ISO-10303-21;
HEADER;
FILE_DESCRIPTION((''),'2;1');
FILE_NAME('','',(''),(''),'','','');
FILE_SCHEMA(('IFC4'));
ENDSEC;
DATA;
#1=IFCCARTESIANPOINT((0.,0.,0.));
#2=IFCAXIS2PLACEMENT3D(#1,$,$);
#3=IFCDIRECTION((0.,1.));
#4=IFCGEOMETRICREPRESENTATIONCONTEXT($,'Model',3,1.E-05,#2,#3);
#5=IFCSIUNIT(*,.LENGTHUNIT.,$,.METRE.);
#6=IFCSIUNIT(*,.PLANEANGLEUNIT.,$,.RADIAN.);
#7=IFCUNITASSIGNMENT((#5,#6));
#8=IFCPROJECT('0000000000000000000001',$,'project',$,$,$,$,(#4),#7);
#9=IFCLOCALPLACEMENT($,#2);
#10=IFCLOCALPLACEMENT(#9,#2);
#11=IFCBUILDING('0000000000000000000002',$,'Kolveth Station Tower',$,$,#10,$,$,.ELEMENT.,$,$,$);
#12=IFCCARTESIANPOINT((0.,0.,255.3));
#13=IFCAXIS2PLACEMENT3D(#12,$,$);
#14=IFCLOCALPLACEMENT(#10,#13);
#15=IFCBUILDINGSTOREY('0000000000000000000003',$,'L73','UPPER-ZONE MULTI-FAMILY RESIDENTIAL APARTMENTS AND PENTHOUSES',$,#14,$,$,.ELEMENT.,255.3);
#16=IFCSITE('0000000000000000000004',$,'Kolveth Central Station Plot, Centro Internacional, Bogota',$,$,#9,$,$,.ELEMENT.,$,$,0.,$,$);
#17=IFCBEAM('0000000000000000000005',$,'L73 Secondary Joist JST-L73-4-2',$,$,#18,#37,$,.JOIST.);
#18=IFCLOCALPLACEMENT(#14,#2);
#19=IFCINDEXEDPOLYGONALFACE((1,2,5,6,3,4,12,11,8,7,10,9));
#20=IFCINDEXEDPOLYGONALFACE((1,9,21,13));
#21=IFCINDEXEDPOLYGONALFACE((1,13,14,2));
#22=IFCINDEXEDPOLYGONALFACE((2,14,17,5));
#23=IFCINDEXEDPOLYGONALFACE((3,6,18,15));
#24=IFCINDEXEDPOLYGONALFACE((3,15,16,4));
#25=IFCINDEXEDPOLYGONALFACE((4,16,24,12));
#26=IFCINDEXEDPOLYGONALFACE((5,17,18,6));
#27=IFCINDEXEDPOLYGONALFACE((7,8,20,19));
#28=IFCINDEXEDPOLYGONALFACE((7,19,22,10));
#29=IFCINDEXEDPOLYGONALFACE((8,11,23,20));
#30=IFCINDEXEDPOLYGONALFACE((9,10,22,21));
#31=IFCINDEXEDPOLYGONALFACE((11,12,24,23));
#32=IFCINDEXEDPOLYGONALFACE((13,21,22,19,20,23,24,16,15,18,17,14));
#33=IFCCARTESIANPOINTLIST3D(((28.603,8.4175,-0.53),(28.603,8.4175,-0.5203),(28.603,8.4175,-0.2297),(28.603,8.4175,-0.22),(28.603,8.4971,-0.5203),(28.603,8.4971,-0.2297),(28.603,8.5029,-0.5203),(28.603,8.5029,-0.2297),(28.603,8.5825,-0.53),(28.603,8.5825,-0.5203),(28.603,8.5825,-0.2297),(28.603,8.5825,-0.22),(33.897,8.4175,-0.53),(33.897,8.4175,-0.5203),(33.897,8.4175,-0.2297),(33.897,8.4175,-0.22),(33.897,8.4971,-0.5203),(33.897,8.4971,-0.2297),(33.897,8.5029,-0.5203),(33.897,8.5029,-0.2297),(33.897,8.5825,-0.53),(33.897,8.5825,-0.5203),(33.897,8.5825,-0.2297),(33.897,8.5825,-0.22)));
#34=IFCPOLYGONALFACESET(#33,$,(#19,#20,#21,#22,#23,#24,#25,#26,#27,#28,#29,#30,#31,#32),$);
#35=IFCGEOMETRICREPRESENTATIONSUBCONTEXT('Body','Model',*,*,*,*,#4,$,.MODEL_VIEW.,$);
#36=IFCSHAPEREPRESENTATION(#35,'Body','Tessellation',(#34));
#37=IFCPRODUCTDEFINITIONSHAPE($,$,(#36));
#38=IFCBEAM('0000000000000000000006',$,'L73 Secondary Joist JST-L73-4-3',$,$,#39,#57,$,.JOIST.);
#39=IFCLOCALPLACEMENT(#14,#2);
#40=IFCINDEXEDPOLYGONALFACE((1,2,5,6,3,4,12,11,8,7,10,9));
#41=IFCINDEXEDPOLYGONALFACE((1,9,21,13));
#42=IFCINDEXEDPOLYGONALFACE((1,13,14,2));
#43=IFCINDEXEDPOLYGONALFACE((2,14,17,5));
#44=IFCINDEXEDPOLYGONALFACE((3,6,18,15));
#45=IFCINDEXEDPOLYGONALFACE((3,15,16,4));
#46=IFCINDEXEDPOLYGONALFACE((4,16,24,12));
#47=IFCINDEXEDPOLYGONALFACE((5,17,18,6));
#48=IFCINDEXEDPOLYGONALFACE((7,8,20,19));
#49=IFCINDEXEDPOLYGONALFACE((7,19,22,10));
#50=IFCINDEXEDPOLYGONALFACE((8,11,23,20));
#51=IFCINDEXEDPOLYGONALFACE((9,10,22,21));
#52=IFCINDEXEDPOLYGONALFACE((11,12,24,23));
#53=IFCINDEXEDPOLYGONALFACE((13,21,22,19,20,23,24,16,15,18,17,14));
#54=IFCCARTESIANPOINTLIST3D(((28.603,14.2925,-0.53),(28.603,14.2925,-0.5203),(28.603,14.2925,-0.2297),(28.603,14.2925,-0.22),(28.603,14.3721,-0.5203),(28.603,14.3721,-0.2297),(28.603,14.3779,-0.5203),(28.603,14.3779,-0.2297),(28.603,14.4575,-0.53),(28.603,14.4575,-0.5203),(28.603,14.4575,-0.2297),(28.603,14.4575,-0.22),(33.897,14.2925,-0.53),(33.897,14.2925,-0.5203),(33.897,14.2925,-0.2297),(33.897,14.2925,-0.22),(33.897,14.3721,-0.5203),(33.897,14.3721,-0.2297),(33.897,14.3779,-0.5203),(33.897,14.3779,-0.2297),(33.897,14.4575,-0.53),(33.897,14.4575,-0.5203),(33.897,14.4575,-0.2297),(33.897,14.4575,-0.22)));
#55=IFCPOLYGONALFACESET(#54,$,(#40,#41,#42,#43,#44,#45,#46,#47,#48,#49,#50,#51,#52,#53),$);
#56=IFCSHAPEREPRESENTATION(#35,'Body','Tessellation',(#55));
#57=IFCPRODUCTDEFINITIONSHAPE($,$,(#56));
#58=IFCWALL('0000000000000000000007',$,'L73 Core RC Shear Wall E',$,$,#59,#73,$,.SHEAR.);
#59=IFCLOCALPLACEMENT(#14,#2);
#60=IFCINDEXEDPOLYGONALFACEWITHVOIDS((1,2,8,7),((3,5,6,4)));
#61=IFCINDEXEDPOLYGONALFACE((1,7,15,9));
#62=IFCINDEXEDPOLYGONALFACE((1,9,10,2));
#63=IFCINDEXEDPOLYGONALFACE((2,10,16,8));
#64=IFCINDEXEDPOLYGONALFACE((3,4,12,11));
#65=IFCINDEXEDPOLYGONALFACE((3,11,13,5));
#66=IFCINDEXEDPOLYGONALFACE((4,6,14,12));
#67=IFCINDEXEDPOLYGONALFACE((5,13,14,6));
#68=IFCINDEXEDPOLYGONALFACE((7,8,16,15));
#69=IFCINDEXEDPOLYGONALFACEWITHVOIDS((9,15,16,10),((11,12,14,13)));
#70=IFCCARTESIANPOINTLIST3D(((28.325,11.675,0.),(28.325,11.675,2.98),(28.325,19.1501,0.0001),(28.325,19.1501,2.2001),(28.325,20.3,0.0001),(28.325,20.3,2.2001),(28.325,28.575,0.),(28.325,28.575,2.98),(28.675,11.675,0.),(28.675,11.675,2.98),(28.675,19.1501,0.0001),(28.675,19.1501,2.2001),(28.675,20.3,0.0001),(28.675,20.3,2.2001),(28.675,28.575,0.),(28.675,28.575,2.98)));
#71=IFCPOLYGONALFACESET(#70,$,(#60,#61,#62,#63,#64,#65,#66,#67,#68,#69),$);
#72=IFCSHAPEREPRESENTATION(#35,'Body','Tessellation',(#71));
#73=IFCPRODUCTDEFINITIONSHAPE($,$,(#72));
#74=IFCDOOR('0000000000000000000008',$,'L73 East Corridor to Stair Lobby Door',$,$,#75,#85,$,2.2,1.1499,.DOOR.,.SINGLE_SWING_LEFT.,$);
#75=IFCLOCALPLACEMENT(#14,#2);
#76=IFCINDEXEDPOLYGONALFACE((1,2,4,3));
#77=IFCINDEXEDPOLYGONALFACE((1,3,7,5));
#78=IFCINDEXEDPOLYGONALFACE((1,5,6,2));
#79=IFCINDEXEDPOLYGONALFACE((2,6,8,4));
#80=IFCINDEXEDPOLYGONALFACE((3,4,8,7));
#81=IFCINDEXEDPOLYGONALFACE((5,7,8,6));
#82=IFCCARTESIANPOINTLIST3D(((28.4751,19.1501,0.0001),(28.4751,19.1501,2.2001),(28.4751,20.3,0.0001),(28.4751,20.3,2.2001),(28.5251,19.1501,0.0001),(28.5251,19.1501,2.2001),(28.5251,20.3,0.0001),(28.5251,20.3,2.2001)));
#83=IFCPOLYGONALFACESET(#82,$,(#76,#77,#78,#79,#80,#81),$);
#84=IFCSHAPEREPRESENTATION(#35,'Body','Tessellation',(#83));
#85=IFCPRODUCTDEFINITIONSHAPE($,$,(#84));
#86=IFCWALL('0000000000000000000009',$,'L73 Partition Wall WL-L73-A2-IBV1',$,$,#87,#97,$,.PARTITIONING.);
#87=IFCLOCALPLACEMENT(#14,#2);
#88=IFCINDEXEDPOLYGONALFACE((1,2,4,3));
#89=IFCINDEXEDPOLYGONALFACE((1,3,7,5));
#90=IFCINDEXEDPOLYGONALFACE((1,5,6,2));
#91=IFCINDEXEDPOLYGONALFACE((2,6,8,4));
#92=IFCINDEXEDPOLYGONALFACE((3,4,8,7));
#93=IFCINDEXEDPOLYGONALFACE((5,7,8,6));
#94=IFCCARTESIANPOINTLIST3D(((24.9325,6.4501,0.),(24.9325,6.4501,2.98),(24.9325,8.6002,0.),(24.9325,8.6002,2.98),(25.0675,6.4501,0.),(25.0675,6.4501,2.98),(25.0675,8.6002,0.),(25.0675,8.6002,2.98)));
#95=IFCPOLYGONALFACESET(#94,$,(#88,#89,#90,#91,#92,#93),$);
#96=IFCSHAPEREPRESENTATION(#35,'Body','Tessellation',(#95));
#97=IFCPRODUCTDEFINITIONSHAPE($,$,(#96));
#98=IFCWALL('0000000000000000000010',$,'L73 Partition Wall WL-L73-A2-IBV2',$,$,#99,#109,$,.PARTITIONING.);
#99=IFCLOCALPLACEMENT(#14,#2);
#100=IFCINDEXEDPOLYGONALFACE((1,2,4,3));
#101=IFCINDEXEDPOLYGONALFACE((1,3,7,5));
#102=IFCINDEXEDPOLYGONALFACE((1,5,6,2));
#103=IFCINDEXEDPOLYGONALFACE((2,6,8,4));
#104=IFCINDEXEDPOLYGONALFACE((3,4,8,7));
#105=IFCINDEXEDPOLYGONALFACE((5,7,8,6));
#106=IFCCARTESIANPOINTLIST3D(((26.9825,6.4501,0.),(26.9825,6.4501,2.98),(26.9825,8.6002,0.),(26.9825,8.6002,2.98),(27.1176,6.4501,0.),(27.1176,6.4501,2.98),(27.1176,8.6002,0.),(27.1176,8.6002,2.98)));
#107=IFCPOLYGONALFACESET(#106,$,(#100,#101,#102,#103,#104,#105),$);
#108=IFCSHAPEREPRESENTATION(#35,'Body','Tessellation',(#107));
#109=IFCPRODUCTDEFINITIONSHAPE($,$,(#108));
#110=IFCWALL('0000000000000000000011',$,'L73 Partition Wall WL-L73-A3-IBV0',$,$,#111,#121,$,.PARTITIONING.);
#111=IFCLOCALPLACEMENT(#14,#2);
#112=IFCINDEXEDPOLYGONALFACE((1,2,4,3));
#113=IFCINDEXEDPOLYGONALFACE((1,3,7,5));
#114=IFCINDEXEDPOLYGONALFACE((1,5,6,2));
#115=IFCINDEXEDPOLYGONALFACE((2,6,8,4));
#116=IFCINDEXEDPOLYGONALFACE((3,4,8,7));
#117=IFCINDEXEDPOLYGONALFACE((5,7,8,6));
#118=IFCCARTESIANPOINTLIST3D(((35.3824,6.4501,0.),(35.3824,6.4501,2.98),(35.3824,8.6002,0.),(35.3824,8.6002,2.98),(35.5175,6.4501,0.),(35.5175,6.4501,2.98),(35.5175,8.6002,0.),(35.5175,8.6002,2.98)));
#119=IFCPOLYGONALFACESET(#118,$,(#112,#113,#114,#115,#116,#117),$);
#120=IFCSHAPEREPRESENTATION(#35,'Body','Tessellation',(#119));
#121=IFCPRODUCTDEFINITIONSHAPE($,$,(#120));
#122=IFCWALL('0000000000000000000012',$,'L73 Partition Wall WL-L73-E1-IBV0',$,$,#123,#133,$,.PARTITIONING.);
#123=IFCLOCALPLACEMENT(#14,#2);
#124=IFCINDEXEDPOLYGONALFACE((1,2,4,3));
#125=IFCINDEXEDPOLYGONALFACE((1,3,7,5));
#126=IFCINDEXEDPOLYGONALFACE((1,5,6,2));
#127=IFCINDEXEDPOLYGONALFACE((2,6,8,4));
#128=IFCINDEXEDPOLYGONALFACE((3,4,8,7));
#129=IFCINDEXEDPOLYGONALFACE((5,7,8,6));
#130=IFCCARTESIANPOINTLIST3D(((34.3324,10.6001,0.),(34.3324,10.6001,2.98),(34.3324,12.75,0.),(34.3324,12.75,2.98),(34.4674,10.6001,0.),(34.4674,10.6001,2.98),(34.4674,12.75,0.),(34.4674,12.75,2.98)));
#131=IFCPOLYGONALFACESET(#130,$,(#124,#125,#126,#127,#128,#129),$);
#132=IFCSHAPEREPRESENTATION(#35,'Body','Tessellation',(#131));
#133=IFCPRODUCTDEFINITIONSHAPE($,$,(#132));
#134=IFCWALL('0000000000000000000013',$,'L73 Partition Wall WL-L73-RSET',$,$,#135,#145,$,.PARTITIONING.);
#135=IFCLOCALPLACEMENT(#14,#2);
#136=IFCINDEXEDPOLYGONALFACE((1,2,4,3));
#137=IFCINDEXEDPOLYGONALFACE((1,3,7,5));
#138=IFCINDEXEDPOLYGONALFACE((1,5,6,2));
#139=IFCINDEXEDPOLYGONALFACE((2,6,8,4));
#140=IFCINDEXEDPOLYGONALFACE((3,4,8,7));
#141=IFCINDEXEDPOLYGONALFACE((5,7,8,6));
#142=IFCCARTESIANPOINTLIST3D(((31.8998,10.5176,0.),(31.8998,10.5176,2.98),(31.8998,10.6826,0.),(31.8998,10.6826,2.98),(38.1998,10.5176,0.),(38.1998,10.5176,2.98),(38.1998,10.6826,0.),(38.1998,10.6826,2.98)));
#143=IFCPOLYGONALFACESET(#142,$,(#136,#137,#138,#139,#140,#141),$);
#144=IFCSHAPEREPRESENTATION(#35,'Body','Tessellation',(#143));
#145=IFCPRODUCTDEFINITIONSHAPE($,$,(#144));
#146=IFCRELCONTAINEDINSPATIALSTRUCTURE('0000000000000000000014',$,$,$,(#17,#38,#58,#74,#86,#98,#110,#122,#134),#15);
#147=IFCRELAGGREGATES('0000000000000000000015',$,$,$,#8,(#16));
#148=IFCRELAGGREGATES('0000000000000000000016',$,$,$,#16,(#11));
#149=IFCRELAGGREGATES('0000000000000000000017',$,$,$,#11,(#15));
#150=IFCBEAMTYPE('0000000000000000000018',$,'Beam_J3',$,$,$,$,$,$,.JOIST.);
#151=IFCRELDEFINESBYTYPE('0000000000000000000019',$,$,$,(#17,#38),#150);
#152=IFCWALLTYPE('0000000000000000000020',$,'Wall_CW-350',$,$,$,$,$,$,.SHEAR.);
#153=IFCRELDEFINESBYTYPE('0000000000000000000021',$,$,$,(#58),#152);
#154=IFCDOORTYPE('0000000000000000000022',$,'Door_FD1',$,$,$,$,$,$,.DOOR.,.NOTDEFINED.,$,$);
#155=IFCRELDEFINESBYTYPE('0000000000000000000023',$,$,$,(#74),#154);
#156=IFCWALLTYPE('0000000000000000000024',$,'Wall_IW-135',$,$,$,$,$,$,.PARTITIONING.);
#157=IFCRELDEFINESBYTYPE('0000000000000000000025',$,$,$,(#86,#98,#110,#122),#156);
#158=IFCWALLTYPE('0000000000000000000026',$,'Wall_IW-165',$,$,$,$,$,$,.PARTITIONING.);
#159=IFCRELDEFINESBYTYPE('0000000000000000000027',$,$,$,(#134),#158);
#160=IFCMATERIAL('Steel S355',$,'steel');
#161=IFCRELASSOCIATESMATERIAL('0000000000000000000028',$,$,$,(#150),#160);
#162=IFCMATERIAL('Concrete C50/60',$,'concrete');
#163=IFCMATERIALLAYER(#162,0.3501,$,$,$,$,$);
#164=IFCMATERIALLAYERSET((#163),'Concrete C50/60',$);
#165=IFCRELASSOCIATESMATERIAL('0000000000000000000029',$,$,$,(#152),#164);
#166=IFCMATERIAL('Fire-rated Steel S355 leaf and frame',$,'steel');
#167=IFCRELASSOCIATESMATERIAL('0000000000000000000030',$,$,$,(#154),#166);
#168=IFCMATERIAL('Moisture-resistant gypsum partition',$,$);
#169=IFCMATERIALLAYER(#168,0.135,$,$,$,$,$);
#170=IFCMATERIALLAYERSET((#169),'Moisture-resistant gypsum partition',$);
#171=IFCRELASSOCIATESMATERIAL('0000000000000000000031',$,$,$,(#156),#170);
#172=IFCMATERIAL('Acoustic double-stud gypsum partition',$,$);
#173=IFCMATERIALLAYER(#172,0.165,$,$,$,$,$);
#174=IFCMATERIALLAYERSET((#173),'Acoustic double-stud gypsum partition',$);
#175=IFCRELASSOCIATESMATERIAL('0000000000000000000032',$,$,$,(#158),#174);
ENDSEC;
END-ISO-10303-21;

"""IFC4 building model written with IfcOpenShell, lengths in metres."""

from ifc_helpers import new_model, si_unit, direction, frame, frame_2d, origin, origin_2d, place, context, subcontext, project, spatial, rectangle, i_section, extrude, source, transform, mapped, material, layer, layer_set, material_profile, profile_set, type_object, element, fill, save


model = new_model("IFC4")

# Units and contexts
model_context = context("Model", 3, precision=1e-05, world=origin(), true_north=direction((0.0, 1.0)))
body_context = subcontext(model_context, "Body", "Model", "MODEL_VIEW")
ifc_project = project(units=[si_unit("LENGTHUNIT", "METRE"), si_unit("PLANEANGLEUNIT", "RADIAN")], contexts=[model_context])

# Site, building, storey
site_placement = place(None, origin())
site = spatial("IfcSite", under=ifc_project, at=site_placement, Name="Kolveth Central Station Plot, Centro Internacional, Bogota", CompositionType="ELEMENT", RefElevation=0.0)
building_placement = place(site_placement, origin())
building = spatial("IfcBuilding", under=site, at=building_placement, Name="Kolveth Station Tower", CompositionType="ELEMENT")
storey_placement = place(building_placement, frame((0.0, 0.0, 255.3)))
storey = spatial("IfcBuildingStorey", under=building, at=storey_placement, Name="L73", Description="UPPER-ZONE MULTI-FAMILY RESIDENTIAL APARTMENTS AND PENTHOUSES", CompositionType="ELEMENT", Elevation=255.3)

# Shared definitions
ifc_material_1 = material(Name="Steel S355", Category="steel")

# Beams
ifc_material_profile_1 = material_profile(ifc_material_1, i_section(OverallWidth=0.165, OverallDepth=0.3101, WebThickness=0.0059, FlangeThickness=0.0098, at=origin_2d()), Name="W310x39")
ifc_profile_set_1 = profile_set([ifc_material_profile_1], Name="Steel S355")
beam_type_1 = type_object("IfcBeamType", Name="Beam_J3", PredefinedType="JOIST", material=ifc_profile_set_1)
shared_shape_1 = source(origin(), body_context, "Body", "SweptSolid", [
    extrude(i_section(OverallWidth=0.165, OverallDepth=0.3101, WebThickness=0.0059, FlangeThickness=0.0098, at=origin_2d()), origin(), (0.0, 0.0, 1.0), 5.2939),
])
for number, where, z_axis, x_axis, name in (
    (1, (28.603, 8.5, -0.375), (1.0, 0.0, 0.0), (0.0, 1.0, 0.0), "L73 Secondary Joist JST-L73-4-2"),
    (2, (28.603, 14.375, -0.375), (1.0, 0.0, 0.0), (0.0, 1.0, 0.0), "L73 Secondary Joist JST-L73-4-3"),
):
    element("IfcBeam", number, at=place(storey_placement, frame(where, z_axis=z_axis, x_axis=x_axis)), inside=storey, type_object=beam_type_1, Name=name, PredefinedType="JOIST", context=body_context, shape_type="MappedRepresentation", body=[
        mapped(shared_shape_1, transform((0.0, 0.0, 0.0), x_axis=(1.0, 0.0, 0.0), y_axis=(0.0, 1.0, 0.0), z_axis=(0.0, 0.0, 1.0), scale=1.0)),
    ])

# Wall, opening, door
ifc_material_2 = material(Name="Concrete C50/60", Category="concrete")
ifc_layer_1 = layer(ifc_material_2, 0.3501)
ifc_layer_set_1 = layer_set([ifc_layer_1], Name="Concrete C50/60")
wall_type_1 = type_object("IfcWallType", Name="Wall_CW-350", PredefinedType="SHEAR", material=ifc_layer_set_1)
wall_1_placement = place(storey_placement, frame((28.5, 11.675, 0.0), z_axis=(0.0, 0.0, 1.0), x_axis=(0.0, 1.0, 0.0)))
wall_1 = element("IfcWall", 3, at=wall_1_placement, inside=storey, type_object=wall_type_1, Name="L73 Core RC Shear Wall E", PredefinedType="SHEAR", context=body_context, shape_type="SweptSolid", body=[
    extrude(rectangle(XDim=16.8999, YDim=0.3501, at=frame_2d((8.45, 0.0))), origin(), (0.0, 0.0, 1.0), 2.98),
])
opening_1_placement = place(wall_1_placement, frame((7.4751, 0.0, 0.0)))
opening_1 = element("IfcOpeningElement", 4, at=opening_1_placement, cuts=wall_1, PredefinedType="OPENING", context=body_context, shape_type="SweptSolid", body=[
    extrude(rectangle(XDim=1.1499, YDim=2.2, at=frame_2d((0.575, 1.1001))), frame((0.0, 0.1851, 0.0), z_axis=(0.0, -1.0, 0.0), x_axis=(1.0, 0.0, 0.0)), (0.0, 0.0, 1.0), 0.3701),
])
ifc_material_3 = material(Name="Fire-rated Steel S355 leaf and frame", Category="steel")
door_type_1 = type_object("IfcDoorType", Name="Door_FD1", OperationType="NOTDEFINED", PredefinedType="DOOR", material=ifc_material_3)
door_1_placement = place(opening_1_placement, origin())
door_1 = element("IfcDoor", 5, at=door_1_placement, inside=storey, type_object=door_type_1, Name="L73 East Corridor to Stair Lobby Door", OperationType="SINGLE_SWING_LEFT", OverallHeight=2.2, OverallWidth=1.1499, PredefinedType="DOOR", context=body_context, shape_type="SweptSolid", body=[
    extrude(rectangle(XDim=1.1499, YDim=2.2, at=frame_2d((0.575, 1.1001))), frame((0.0, 0.0249, 0.0), z_axis=(0.0, -1.0, 0.0), x_axis=(1.0, 0.0, 0.0)), (0.0, 0.0, 1.0), 0.05),
])
fill(opening_1, door_1)

# Walls
ifc_material_4 = material(Name="Moisture-resistant gypsum partition")
ifc_layer_2 = layer(ifc_material_4, 0.135)
ifc_layer_set_2 = layer_set([ifc_layer_2], Name="Moisture-resistant gypsum partition")
wall_type_2 = type_object("IfcWallType", Name="Wall_IW-135", PredefinedType="PARTITIONING", material=ifc_layer_set_2)
for number, where, z_axis, x_axis, name in (
    (6, (25.0, 6.45, 0.0), (0.0, 0.0, 1.0), (0.0, 1.0, 0.0), "L73 Partition Wall WL-L73-A2-IBV1"),
    (7, (27.05, 6.45, 0.0), (0.0, 0.0, 1.0), (0.0, 1.0, 0.0), "L73 Partition Wall WL-L73-A2-IBV2"),
):
    element("IfcWall", number, at=place(storey_placement, frame(where, z_axis=z_axis, x_axis=x_axis)), inside=storey, type_object=wall_type_2, Name=name, PredefinedType="PARTITIONING", context=body_context, shape_type="SweptSolid", body=[
        extrude(rectangle(XDim=2.1501, YDim=0.135, at=frame_2d((1.0752, 0.0))), origin(), (0.0, 0.0, 1.0), 2.98),
    ])

# Wall
wall_2_placement = place(storey_placement, frame((35.45, 6.45, 0.0), z_axis=(0.0, 0.0, 1.0), x_axis=(0.0, 1.0, 0.0)))
element("IfcWall", 8, at=wall_2_placement, inside=storey, type_object=wall_type_2, Name="L73 Partition Wall WL-L73-A3-IBV0", PredefinedType="PARTITIONING", context=body_context, shape_type="SweptSolid", body=[
    extrude(rectangle(XDim=2.1501, YDim=0.135, at=frame_2d((1.0752, 0.0))), origin(), (0.0, 0.0, 1.0), 2.98),
])

# Walls
wall_3_placement = place(storey_placement, frame((34.3999, 10.6001, 0.0), z_axis=(0.0, 0.0, 1.0), x_axis=(0.0, 1.0, 0.0)))
element("IfcWall", 9, at=wall_3_placement, inside=storey, type_object=wall_type_2, Name="L73 Partition Wall WL-L73-E1-IBV0", PredefinedType="PARTITIONING", context=body_context, shape_type="SweptSolid", body=[
    extrude(rectangle(XDim=2.1499, YDim=0.135, at=frame_2d((1.075, 0.0))), origin(), (0.0, 0.0, 1.0), 2.98),
])
ifc_material_5 = material(Name="Acoustic double-stud gypsum partition")
ifc_layer_3 = layer(ifc_material_5, 0.165)
ifc_layer_set_3 = layer_set([ifc_layer_3], Name="Acoustic double-stud gypsum partition")
wall_type_3 = type_object("IfcWallType", Name="Wall_IW-165", PredefinedType="PARTITIONING", material=ifc_layer_set_3)
wall_4_placement = place(storey_placement, frame((31.8999, 10.6001, 0.0), z_axis=(0.0, 0.0, 1.0), x_axis=(1.0, 0.0, 0.0)))
element("IfcWall", 10, at=wall_4_placement, inside=storey, type_object=wall_type_3, Name="L73 Partition Wall WL-L73-RSET", PredefinedType="PARTITIONING", context=body_context, shape_type="SweptSolid", body=[
    extrude(rectangle(XDim=6.3, YDim=0.165, at=frame_2d((3.1499, 0.0))), origin(), (0.0, 0.0, 1.0), 2.98),
])

save(model, "model.ifc")
